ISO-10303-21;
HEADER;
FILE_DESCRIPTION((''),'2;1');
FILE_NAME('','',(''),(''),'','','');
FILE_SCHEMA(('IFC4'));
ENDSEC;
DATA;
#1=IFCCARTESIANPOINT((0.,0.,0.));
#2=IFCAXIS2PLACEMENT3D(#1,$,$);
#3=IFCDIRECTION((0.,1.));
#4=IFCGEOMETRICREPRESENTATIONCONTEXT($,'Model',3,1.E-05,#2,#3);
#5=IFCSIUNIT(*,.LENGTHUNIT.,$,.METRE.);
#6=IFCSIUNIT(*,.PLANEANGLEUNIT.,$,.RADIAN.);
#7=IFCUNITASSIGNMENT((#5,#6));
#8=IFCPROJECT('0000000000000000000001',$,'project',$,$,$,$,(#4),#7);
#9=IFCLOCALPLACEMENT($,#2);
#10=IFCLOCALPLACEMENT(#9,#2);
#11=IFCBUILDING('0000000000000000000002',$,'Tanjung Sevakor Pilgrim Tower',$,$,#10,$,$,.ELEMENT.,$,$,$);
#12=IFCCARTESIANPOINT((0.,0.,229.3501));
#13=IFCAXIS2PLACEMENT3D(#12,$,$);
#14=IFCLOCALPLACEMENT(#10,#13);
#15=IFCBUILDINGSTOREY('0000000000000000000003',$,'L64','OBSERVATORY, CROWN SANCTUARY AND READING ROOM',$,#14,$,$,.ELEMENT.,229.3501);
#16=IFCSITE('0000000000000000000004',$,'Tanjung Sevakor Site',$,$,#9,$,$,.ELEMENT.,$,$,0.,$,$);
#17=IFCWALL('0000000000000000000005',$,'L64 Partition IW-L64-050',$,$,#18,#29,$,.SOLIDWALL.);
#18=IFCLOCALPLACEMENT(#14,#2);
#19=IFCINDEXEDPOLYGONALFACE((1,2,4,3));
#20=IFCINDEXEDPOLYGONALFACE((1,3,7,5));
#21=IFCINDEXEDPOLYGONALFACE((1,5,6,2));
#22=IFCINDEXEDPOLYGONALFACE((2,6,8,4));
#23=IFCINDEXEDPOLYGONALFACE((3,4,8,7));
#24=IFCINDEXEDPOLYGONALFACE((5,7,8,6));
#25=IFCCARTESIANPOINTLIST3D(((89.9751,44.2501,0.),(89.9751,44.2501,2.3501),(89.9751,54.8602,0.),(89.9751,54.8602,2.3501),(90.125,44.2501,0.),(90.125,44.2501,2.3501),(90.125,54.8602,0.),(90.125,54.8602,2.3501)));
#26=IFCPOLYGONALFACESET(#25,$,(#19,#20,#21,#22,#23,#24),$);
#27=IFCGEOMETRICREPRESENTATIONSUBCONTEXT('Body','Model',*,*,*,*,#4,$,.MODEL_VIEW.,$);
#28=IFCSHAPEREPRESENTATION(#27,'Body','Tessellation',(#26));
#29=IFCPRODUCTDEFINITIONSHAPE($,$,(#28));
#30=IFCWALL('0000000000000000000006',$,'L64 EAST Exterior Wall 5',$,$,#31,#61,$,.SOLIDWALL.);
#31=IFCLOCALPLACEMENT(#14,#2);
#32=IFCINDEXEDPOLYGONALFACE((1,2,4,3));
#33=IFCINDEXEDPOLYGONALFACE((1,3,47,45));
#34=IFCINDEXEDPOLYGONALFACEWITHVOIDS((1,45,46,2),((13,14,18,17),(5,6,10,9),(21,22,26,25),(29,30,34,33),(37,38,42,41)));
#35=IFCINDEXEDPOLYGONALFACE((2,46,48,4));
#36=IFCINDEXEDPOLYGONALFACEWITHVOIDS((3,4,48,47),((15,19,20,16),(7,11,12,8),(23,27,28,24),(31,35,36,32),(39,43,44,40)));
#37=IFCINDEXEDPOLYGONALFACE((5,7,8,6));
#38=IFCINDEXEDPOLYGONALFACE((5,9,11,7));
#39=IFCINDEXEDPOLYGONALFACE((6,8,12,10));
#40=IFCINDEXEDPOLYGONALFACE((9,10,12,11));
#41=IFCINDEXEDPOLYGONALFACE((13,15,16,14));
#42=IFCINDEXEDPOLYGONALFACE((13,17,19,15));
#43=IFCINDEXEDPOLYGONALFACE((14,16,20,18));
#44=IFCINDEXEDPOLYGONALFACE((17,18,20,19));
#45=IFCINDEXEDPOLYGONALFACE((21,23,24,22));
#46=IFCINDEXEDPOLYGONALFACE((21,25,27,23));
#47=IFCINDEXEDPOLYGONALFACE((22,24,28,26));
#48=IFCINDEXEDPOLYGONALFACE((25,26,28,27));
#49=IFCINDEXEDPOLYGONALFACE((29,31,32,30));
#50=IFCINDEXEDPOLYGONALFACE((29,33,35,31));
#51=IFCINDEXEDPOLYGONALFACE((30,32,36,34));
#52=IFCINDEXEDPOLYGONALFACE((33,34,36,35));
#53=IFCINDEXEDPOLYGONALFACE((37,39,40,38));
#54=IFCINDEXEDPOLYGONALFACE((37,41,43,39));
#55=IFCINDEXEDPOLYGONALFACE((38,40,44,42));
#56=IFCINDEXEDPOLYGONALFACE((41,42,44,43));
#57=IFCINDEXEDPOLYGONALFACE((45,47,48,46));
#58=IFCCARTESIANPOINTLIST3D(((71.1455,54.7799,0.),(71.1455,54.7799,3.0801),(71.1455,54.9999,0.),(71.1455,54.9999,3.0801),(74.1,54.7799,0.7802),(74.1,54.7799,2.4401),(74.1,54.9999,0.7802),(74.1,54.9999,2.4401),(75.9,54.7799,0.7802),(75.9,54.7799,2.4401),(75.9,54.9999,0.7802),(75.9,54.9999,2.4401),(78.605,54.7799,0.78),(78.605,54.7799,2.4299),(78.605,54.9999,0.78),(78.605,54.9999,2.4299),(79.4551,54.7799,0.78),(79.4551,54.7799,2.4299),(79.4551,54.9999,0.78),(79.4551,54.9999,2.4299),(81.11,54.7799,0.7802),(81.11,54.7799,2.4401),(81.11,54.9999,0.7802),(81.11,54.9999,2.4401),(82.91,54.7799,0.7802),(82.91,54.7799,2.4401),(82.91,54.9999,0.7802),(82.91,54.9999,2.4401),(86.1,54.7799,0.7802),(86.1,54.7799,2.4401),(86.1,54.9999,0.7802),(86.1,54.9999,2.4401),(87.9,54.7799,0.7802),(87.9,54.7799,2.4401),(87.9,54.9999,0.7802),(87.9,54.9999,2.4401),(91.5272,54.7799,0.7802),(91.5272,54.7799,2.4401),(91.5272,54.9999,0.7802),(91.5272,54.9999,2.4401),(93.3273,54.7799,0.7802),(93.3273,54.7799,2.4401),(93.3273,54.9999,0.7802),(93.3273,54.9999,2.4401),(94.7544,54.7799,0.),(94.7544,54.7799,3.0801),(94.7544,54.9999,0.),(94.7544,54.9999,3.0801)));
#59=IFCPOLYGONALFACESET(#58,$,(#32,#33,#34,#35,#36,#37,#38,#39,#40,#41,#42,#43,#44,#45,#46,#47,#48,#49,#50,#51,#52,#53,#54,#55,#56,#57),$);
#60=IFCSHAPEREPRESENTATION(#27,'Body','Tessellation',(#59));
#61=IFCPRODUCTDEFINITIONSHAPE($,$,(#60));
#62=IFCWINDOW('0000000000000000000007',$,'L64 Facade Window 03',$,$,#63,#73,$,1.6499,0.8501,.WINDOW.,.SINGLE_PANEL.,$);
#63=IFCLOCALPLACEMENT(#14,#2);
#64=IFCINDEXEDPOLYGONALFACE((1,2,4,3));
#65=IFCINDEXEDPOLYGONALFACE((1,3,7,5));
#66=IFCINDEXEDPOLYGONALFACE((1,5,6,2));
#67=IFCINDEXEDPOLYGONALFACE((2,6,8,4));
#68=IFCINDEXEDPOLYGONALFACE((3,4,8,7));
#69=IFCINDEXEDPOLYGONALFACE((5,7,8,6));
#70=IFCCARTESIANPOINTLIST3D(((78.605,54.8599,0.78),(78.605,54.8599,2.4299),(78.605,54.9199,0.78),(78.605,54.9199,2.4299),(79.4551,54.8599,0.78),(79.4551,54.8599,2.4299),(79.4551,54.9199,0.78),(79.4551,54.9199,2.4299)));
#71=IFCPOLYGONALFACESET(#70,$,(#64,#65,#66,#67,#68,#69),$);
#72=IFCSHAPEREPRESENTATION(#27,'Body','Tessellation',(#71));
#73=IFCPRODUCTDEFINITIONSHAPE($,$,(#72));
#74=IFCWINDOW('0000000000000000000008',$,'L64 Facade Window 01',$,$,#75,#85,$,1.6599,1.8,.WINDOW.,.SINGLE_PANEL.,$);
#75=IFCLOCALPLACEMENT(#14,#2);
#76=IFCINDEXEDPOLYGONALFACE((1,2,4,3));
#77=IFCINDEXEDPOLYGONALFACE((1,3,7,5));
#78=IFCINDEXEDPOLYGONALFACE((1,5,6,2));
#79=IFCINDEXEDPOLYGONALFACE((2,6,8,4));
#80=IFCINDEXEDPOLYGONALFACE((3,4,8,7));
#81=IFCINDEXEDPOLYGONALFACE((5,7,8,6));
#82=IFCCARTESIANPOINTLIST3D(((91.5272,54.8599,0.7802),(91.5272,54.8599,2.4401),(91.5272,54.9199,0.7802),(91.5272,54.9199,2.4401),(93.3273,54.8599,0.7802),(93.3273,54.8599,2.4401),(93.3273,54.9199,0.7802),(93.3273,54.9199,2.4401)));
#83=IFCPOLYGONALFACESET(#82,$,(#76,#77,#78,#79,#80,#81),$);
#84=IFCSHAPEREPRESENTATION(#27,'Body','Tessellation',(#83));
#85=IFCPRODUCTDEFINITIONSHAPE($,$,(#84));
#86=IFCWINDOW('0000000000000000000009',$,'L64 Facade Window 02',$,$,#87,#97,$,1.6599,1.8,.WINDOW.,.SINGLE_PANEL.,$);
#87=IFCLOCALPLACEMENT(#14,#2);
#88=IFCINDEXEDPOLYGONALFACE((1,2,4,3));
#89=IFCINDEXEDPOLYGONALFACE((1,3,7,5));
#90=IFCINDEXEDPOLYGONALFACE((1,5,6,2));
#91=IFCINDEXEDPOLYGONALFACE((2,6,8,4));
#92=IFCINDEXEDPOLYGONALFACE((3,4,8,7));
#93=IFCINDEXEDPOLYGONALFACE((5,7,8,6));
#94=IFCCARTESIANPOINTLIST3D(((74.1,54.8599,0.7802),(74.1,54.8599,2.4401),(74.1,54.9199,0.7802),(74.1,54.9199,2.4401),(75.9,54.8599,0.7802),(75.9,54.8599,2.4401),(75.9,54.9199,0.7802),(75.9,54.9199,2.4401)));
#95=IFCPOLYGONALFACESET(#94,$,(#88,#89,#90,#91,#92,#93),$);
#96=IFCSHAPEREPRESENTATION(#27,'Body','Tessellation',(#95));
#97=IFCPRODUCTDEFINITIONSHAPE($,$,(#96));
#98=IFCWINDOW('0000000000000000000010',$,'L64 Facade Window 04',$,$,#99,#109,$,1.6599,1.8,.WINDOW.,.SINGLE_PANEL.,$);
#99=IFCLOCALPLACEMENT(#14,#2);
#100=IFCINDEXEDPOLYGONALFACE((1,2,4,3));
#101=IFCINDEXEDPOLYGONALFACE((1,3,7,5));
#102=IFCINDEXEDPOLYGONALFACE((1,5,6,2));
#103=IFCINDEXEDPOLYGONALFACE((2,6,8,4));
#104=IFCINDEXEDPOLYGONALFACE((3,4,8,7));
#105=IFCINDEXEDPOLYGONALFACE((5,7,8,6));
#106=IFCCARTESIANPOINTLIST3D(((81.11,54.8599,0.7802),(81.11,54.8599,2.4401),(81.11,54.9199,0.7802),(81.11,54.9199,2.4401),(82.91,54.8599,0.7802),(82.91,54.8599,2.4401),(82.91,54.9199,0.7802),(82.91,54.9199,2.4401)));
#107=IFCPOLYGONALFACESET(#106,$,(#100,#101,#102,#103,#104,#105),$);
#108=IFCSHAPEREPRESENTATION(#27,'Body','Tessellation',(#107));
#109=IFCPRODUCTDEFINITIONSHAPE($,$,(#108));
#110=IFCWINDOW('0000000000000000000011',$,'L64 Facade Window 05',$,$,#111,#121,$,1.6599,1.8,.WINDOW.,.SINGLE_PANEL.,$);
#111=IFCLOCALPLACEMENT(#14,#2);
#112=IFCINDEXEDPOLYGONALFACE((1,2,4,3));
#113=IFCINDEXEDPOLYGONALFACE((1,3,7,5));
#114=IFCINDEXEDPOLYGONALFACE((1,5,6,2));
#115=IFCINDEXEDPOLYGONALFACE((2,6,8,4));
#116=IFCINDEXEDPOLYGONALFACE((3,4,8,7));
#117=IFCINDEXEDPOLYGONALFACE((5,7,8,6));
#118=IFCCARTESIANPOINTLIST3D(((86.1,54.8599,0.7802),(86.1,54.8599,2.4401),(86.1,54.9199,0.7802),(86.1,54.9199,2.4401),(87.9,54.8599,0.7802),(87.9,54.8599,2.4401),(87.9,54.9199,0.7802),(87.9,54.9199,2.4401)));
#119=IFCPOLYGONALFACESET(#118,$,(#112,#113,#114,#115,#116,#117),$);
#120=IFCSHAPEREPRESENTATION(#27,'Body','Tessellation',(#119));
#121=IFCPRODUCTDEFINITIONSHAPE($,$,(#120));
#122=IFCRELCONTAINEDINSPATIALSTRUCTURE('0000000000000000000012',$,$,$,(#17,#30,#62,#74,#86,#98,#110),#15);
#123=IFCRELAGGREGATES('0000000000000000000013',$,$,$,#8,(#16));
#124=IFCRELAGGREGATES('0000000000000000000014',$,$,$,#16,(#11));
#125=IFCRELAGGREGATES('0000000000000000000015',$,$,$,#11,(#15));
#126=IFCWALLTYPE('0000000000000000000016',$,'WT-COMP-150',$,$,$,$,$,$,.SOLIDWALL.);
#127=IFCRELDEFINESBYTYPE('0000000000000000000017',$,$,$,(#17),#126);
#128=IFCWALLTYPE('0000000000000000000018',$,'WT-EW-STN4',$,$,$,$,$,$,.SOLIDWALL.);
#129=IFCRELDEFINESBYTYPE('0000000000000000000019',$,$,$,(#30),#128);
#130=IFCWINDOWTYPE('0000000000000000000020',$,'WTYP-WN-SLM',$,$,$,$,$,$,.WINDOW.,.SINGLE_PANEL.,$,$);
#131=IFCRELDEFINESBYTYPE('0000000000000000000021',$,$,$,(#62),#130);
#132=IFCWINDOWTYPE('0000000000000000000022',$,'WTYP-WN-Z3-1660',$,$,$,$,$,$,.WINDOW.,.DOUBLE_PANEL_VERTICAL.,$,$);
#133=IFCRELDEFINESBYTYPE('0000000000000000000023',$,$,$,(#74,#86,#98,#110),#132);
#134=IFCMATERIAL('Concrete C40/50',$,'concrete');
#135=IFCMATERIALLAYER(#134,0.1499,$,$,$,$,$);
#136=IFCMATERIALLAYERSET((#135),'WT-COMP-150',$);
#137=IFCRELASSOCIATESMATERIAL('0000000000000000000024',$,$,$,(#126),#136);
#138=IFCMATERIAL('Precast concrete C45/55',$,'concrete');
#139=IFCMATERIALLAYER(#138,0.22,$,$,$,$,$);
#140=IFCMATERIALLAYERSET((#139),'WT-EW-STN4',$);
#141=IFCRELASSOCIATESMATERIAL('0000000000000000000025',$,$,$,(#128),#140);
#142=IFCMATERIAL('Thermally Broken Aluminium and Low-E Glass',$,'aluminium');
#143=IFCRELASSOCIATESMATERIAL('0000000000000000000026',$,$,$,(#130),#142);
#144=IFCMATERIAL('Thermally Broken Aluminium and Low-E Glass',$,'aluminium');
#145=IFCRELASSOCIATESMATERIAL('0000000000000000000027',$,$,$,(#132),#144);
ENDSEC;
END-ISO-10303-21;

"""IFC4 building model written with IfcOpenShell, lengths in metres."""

from ifc_helpers import new_model, si_unit, direction, frame, frame_2d, origin, place, context, subcontext, project, spatial, rectangle, extrude, material, layer, layer_set, type_object, element, fill, save


model = new_model("IFC4")

# Units and contexts
model_context = context("Model", 3, precision=1e-05, world=origin(), true_north=direction((0.0, 1.0)))
body_context = subcontext(model_context, "Body", "Model", "MODEL_VIEW")
ifc_project = project(units=[si_unit("LENGTHUNIT", "METRE"), si_unit("PLANEANGLEUNIT", "RADIAN")], contexts=[model_context])

# Site, building, storey
site_placement = place(None, origin())
site = spatial("IfcSite", under=ifc_project, at=site_placement, Name="Tanjung Sevakor Site", CompositionType="ELEMENT", RefElevation=0.0)
building_placement = place(site_placement, origin())
building = spatial("IfcBuilding", under=site, at=building_placement, Name="Tanjung Sevakor Pilgrim Tower", CompositionType="ELEMENT")
storey_placement = place(building_placement, frame((0.0, 0.0, 229.3501)))
storey = spatial("IfcBuildingStorey", under=building, at=storey_placement, Name="L64", Description="OBSERVATORY, CROWN SANCTUARY AND READING ROOM", CompositionType="ELEMENT", Elevation=229.3501)

# Shared definitions
ifc_material_1 = material(Name="Concrete C40/50", Category="concrete")
ifc_layer_1 = layer(ifc_material_1, 0.1499)
ifc_layer_set_1 = layer_set([ifc_layer_1], Name="WT-COMP-150")
wall_type_1 = type_object("IfcWallType", Name="WT-COMP-150", PredefinedType="SOLIDWALL", material=ifc_layer_set_1)

# Wall
wall_1_placement = place(storey_placement, frame((90.05, 44.25, 0.0), z_axis=(0.0, 0.0, 1.0), x_axis=(0.0, 1.0, 0.0)))
element("IfcWall", 1, at=wall_1_placement, inside=storey, type_object=wall_type_1, Name="L64 Partition IW-L64-050", PredefinedType="SOLIDWALL", context=body_context, shape_type="SweptSolid", body=[
    extrude(rectangle(XDim=10.6101, YDim=0.1499, at=frame_2d((5.3052, 0.0))), origin(), (0.0, 0.0, 1.0), 2.3501),
])

# Wall, openings, windows
ifc_material_2 = material(Name="Precast concrete C45/55", Category="concrete")
ifc_layer_2 = layer(ifc_material_2, 0.22)
ifc_layer_set_2 = layer_set([ifc_layer_2], Name="WT-EW-STN4")
wall_type_2 = type_object("IfcWallType", Name="WT-EW-STN4", PredefinedType="SOLIDWALL", material=ifc_layer_set_2)
wall_2_placement = place(storey_placement, frame((94.7544, 54.8899, 0.0), z_axis=(0.0, 0.0, 1.0), x_axis=(-1.0, 0.0, 0.0)))
wall_2 = element("IfcWall", 2, at=wall_2_placement, inside=storey, type_object=wall_type_2, Name="L64 EAST Exterior Wall 5", PredefinedType="SOLIDWALL", context=body_context, shape_type="SweptSolid", body=[
    extrude(rectangle(XDim=23.6089, YDim=0.22, at=frame_2d((11.8044, 0.0))), origin(), (0.0, 0.0, 1.0), 3.0801),
])
opening_1_placement = place(wall_2_placement, frame((1.4272, 0.0, 0.78)))
opening_1 = element("IfcOpeningElement", 3, at=opening_1_placement, cuts=wall_2, PredefinedType="OPENING", context=body_context, shape_type="SweptSolid", body=[
    extrude(rectangle(XDim=1.8, YDim=1.6599, at=frame_2d((0.8999, 0.8301))), frame((0.0, 0.1199, 0.0), z_axis=(0.0, -1.0, 0.0), x_axis=(1.0, 0.0, 0.0)), (0.0, 0.0, 1.0), 0.24),
])
opening_2_placement = place(wall_2_placement, frame((18.8545, 0.0, 0.78)))
opening_2 = element("IfcOpeningElement", 4, at=opening_2_placement, cuts=wall_2, PredefinedType="OPENING", context=body_context, shape_type="SweptSolid", body=[
    extrude(rectangle(XDim=1.8, YDim=1.6599, at=frame_2d((0.8999, 0.8301))), frame((0.0, 0.1199, 0.0), z_axis=(0.0, -1.0, 0.0), x_axis=(1.0, 0.0, 0.0)), (0.0, 0.0, 1.0), 0.24),
])
opening_3_placement = place(wall_2_placement, frame((15.2993, 0.0, 0.78)))
opening_3 = element("IfcOpeningElement", 5, at=opening_3_placement, cuts=wall_2, PredefinedType="OPENING", context=body_context, shape_type="SweptSolid", body=[
    extrude(rectangle(XDim=0.8501, YDim=1.6499, at=frame_2d((0.425, 0.825))), frame((0.0, 0.1199, 0.0), z_axis=(0.0, -1.0, 0.0), x_axis=(1.0, 0.0, 0.0)), (0.0, 0.0, 1.0), 0.24),
])
opening_4_placement = place(wall_2_placement, frame((11.8445, 0.0, 0.78)))
opening_4 = element("IfcOpeningElement", 6, at=opening_4_placement, cuts=wall_2, PredefinedType="OPENING", context=body_context, shape_type="SweptSolid", body=[
    extrude(rectangle(XDim=1.8, YDim=1.6599, at=frame_2d((0.8999, 0.8301))), frame((0.0, 0.1199, 0.0), z_axis=(0.0, -1.0, 0.0), x_axis=(1.0, 0.0, 0.0)), (0.0, 0.0, 1.0), 0.24),
])
opening_5_placement = place(wall_2_placement, frame((6.8545, 0.0, 0.78)))
opening_5 = element("IfcOpeningElement", 7, at=opening_5_placement, cuts=wall_2, PredefinedType="OPENING", context=body_context, shape_type="SweptSolid", body=[
    extrude(rectangle(XDim=1.8, YDim=1.6599, at=frame_2d((0.8999, 0.8301))), frame((0.0, 0.1199, 0.0), z_axis=(0.0, -1.0, 0.0), x_axis=(1.0, 0.0, 0.0)), (0.0, 0.0, 1.0), 0.24),
])
ifc_material_3 = material(Name="Thermally Broken Aluminium and Low-E Glass", Category="aluminium")
window_type_1 = type_object("IfcWindowType", Name="WTYP-WN-SLM", PartitioningType="SINGLE_PANEL", PredefinedType="WINDOW", material=ifc_material_3)
window_1_placement = place(opening_3_placement, origin())
window_1 = element("IfcWindow", 8, at=window_1_placement, inside=storey, type_object=window_type_1, Name="L64 Facade Window 03", OverallHeight=1.6499, OverallWidth=0.8501, PartitioningType="SINGLE_PANEL", PredefinedType="WINDOW", context=body_context, shape_type="SweptSolid", body=[
    extrude(rectangle(XDim=0.8501, YDim=1.6499, at=frame_2d((0.425, 0.825))), frame((0.0, 0.03, 0.0), z_axis=(0.0, -1.0, 0.0), x_axis=(1.0, 0.0, 0.0)), (0.0, 0.0, 1.0), 0.0601),
])
fill(opening_3, window_1)
ifc_material_4 = material(Name="Thermally Broken Aluminium and Low-E Glass", Category="aluminium")
window_type_2 = type_object("IfcWindowType", Name="WTYP-WN-Z3-1660", PartitioningType="DOUBLE_PANEL_VERTICAL", PredefinedType="WINDOW", material=ifc_material_4)
window_2_placement = place(opening_1_placement, origin())
window_2 = element("IfcWindow", 9, at=window_2_placement, inside=storey, type_object=window_type_2, Name="L64 Facade Window 01", OverallHeight=1.6599, OverallWidth=1.8, PartitioningType="SINGLE_PANEL", PredefinedType="WINDOW", context=body_context, shape_type="SweptSolid", body=[
    extrude(rectangle(XDim=1.8, YDim=1.6599, at=frame_2d((0.8999, 0.8301))), frame((0.0, 0.03, 0.0), z_axis=(0.0, -1.0, 0.0), x_axis=(1.0, 0.0, 0.0)), (0.0, 0.0, 1.0), 0.0601),
])
fill(opening_1, window_2)
window_3_placement = place(opening_2_placement, origin())
window_3 = element("IfcWindow", 10, at=window_3_placement, inside=storey, type_object=window_type_2, Name="L64 Facade Window 02", OverallHeight=1.6599, OverallWidth=1.8, PartitioningType="SINGLE_PANEL", PredefinedType="WINDOW", context=body_context, shape_type="SweptSolid", body=[
    extrude(rectangle(XDim=1.8, YDim=1.6599, at=frame_2d((0.8999, 0.8301))), frame((0.0, 0.03, 0.0), z_axis=(0.0, -1.0, 0.0), x_axis=(1.0, 0.0, 0.0)), (0.0, 0.0, 1.0), 0.0601),
])
fill(opening_2, window_3)
window_4_placement = place(opening_4_placement, origin())
window_4 = element("IfcWindow", 11, at=window_4_placement, inside=storey, type_object=window_type_2, Name="L64 Facade Window 04", OverallHeight=1.6599, OverallWidth=1.8, PartitioningType="SINGLE_PANEL", PredefinedType="WINDOW", context=body_context, shape_type="SweptSolid", body=[
    extrude(rectangle(XDim=1.8, YDim=1.6599, at=frame_2d((0.8999, 0.8301))), frame((0.0, 0.03, 0.0), z_axis=(0.0, -1.0, 0.0), x_axis=(1.0, 0.0, 0.0)), (0.0, 0.0, 1.0), 0.0601),
])
fill(opening_4, window_4)
window_5_placement = place(opening_5_placement, origin())
window_5 = element("IfcWindow", 12, at=window_5_placement, inside=storey, type_object=window_type_2, Name="L64 Facade Window 05", OverallHeight=1.6599, OverallWidth=1.8, PartitioningType="SINGLE_PANEL", PredefinedType="WINDOW", context=body_context, shape_type="SweptSolid", body=[
    extrude(rectangle(XDim=1.8, YDim=1.6599, at=frame_2d((0.8999, 0.8301))), frame((0.0, 0.03, 0.0), z_axis=(0.0, -1.0, 0.0), x_axis=(1.0, 0.0, 0.0)), (0.0, 0.0, 1.0), 0.0601),
])
fill(opening_5, window_5)

save(model, "model.ifc")
